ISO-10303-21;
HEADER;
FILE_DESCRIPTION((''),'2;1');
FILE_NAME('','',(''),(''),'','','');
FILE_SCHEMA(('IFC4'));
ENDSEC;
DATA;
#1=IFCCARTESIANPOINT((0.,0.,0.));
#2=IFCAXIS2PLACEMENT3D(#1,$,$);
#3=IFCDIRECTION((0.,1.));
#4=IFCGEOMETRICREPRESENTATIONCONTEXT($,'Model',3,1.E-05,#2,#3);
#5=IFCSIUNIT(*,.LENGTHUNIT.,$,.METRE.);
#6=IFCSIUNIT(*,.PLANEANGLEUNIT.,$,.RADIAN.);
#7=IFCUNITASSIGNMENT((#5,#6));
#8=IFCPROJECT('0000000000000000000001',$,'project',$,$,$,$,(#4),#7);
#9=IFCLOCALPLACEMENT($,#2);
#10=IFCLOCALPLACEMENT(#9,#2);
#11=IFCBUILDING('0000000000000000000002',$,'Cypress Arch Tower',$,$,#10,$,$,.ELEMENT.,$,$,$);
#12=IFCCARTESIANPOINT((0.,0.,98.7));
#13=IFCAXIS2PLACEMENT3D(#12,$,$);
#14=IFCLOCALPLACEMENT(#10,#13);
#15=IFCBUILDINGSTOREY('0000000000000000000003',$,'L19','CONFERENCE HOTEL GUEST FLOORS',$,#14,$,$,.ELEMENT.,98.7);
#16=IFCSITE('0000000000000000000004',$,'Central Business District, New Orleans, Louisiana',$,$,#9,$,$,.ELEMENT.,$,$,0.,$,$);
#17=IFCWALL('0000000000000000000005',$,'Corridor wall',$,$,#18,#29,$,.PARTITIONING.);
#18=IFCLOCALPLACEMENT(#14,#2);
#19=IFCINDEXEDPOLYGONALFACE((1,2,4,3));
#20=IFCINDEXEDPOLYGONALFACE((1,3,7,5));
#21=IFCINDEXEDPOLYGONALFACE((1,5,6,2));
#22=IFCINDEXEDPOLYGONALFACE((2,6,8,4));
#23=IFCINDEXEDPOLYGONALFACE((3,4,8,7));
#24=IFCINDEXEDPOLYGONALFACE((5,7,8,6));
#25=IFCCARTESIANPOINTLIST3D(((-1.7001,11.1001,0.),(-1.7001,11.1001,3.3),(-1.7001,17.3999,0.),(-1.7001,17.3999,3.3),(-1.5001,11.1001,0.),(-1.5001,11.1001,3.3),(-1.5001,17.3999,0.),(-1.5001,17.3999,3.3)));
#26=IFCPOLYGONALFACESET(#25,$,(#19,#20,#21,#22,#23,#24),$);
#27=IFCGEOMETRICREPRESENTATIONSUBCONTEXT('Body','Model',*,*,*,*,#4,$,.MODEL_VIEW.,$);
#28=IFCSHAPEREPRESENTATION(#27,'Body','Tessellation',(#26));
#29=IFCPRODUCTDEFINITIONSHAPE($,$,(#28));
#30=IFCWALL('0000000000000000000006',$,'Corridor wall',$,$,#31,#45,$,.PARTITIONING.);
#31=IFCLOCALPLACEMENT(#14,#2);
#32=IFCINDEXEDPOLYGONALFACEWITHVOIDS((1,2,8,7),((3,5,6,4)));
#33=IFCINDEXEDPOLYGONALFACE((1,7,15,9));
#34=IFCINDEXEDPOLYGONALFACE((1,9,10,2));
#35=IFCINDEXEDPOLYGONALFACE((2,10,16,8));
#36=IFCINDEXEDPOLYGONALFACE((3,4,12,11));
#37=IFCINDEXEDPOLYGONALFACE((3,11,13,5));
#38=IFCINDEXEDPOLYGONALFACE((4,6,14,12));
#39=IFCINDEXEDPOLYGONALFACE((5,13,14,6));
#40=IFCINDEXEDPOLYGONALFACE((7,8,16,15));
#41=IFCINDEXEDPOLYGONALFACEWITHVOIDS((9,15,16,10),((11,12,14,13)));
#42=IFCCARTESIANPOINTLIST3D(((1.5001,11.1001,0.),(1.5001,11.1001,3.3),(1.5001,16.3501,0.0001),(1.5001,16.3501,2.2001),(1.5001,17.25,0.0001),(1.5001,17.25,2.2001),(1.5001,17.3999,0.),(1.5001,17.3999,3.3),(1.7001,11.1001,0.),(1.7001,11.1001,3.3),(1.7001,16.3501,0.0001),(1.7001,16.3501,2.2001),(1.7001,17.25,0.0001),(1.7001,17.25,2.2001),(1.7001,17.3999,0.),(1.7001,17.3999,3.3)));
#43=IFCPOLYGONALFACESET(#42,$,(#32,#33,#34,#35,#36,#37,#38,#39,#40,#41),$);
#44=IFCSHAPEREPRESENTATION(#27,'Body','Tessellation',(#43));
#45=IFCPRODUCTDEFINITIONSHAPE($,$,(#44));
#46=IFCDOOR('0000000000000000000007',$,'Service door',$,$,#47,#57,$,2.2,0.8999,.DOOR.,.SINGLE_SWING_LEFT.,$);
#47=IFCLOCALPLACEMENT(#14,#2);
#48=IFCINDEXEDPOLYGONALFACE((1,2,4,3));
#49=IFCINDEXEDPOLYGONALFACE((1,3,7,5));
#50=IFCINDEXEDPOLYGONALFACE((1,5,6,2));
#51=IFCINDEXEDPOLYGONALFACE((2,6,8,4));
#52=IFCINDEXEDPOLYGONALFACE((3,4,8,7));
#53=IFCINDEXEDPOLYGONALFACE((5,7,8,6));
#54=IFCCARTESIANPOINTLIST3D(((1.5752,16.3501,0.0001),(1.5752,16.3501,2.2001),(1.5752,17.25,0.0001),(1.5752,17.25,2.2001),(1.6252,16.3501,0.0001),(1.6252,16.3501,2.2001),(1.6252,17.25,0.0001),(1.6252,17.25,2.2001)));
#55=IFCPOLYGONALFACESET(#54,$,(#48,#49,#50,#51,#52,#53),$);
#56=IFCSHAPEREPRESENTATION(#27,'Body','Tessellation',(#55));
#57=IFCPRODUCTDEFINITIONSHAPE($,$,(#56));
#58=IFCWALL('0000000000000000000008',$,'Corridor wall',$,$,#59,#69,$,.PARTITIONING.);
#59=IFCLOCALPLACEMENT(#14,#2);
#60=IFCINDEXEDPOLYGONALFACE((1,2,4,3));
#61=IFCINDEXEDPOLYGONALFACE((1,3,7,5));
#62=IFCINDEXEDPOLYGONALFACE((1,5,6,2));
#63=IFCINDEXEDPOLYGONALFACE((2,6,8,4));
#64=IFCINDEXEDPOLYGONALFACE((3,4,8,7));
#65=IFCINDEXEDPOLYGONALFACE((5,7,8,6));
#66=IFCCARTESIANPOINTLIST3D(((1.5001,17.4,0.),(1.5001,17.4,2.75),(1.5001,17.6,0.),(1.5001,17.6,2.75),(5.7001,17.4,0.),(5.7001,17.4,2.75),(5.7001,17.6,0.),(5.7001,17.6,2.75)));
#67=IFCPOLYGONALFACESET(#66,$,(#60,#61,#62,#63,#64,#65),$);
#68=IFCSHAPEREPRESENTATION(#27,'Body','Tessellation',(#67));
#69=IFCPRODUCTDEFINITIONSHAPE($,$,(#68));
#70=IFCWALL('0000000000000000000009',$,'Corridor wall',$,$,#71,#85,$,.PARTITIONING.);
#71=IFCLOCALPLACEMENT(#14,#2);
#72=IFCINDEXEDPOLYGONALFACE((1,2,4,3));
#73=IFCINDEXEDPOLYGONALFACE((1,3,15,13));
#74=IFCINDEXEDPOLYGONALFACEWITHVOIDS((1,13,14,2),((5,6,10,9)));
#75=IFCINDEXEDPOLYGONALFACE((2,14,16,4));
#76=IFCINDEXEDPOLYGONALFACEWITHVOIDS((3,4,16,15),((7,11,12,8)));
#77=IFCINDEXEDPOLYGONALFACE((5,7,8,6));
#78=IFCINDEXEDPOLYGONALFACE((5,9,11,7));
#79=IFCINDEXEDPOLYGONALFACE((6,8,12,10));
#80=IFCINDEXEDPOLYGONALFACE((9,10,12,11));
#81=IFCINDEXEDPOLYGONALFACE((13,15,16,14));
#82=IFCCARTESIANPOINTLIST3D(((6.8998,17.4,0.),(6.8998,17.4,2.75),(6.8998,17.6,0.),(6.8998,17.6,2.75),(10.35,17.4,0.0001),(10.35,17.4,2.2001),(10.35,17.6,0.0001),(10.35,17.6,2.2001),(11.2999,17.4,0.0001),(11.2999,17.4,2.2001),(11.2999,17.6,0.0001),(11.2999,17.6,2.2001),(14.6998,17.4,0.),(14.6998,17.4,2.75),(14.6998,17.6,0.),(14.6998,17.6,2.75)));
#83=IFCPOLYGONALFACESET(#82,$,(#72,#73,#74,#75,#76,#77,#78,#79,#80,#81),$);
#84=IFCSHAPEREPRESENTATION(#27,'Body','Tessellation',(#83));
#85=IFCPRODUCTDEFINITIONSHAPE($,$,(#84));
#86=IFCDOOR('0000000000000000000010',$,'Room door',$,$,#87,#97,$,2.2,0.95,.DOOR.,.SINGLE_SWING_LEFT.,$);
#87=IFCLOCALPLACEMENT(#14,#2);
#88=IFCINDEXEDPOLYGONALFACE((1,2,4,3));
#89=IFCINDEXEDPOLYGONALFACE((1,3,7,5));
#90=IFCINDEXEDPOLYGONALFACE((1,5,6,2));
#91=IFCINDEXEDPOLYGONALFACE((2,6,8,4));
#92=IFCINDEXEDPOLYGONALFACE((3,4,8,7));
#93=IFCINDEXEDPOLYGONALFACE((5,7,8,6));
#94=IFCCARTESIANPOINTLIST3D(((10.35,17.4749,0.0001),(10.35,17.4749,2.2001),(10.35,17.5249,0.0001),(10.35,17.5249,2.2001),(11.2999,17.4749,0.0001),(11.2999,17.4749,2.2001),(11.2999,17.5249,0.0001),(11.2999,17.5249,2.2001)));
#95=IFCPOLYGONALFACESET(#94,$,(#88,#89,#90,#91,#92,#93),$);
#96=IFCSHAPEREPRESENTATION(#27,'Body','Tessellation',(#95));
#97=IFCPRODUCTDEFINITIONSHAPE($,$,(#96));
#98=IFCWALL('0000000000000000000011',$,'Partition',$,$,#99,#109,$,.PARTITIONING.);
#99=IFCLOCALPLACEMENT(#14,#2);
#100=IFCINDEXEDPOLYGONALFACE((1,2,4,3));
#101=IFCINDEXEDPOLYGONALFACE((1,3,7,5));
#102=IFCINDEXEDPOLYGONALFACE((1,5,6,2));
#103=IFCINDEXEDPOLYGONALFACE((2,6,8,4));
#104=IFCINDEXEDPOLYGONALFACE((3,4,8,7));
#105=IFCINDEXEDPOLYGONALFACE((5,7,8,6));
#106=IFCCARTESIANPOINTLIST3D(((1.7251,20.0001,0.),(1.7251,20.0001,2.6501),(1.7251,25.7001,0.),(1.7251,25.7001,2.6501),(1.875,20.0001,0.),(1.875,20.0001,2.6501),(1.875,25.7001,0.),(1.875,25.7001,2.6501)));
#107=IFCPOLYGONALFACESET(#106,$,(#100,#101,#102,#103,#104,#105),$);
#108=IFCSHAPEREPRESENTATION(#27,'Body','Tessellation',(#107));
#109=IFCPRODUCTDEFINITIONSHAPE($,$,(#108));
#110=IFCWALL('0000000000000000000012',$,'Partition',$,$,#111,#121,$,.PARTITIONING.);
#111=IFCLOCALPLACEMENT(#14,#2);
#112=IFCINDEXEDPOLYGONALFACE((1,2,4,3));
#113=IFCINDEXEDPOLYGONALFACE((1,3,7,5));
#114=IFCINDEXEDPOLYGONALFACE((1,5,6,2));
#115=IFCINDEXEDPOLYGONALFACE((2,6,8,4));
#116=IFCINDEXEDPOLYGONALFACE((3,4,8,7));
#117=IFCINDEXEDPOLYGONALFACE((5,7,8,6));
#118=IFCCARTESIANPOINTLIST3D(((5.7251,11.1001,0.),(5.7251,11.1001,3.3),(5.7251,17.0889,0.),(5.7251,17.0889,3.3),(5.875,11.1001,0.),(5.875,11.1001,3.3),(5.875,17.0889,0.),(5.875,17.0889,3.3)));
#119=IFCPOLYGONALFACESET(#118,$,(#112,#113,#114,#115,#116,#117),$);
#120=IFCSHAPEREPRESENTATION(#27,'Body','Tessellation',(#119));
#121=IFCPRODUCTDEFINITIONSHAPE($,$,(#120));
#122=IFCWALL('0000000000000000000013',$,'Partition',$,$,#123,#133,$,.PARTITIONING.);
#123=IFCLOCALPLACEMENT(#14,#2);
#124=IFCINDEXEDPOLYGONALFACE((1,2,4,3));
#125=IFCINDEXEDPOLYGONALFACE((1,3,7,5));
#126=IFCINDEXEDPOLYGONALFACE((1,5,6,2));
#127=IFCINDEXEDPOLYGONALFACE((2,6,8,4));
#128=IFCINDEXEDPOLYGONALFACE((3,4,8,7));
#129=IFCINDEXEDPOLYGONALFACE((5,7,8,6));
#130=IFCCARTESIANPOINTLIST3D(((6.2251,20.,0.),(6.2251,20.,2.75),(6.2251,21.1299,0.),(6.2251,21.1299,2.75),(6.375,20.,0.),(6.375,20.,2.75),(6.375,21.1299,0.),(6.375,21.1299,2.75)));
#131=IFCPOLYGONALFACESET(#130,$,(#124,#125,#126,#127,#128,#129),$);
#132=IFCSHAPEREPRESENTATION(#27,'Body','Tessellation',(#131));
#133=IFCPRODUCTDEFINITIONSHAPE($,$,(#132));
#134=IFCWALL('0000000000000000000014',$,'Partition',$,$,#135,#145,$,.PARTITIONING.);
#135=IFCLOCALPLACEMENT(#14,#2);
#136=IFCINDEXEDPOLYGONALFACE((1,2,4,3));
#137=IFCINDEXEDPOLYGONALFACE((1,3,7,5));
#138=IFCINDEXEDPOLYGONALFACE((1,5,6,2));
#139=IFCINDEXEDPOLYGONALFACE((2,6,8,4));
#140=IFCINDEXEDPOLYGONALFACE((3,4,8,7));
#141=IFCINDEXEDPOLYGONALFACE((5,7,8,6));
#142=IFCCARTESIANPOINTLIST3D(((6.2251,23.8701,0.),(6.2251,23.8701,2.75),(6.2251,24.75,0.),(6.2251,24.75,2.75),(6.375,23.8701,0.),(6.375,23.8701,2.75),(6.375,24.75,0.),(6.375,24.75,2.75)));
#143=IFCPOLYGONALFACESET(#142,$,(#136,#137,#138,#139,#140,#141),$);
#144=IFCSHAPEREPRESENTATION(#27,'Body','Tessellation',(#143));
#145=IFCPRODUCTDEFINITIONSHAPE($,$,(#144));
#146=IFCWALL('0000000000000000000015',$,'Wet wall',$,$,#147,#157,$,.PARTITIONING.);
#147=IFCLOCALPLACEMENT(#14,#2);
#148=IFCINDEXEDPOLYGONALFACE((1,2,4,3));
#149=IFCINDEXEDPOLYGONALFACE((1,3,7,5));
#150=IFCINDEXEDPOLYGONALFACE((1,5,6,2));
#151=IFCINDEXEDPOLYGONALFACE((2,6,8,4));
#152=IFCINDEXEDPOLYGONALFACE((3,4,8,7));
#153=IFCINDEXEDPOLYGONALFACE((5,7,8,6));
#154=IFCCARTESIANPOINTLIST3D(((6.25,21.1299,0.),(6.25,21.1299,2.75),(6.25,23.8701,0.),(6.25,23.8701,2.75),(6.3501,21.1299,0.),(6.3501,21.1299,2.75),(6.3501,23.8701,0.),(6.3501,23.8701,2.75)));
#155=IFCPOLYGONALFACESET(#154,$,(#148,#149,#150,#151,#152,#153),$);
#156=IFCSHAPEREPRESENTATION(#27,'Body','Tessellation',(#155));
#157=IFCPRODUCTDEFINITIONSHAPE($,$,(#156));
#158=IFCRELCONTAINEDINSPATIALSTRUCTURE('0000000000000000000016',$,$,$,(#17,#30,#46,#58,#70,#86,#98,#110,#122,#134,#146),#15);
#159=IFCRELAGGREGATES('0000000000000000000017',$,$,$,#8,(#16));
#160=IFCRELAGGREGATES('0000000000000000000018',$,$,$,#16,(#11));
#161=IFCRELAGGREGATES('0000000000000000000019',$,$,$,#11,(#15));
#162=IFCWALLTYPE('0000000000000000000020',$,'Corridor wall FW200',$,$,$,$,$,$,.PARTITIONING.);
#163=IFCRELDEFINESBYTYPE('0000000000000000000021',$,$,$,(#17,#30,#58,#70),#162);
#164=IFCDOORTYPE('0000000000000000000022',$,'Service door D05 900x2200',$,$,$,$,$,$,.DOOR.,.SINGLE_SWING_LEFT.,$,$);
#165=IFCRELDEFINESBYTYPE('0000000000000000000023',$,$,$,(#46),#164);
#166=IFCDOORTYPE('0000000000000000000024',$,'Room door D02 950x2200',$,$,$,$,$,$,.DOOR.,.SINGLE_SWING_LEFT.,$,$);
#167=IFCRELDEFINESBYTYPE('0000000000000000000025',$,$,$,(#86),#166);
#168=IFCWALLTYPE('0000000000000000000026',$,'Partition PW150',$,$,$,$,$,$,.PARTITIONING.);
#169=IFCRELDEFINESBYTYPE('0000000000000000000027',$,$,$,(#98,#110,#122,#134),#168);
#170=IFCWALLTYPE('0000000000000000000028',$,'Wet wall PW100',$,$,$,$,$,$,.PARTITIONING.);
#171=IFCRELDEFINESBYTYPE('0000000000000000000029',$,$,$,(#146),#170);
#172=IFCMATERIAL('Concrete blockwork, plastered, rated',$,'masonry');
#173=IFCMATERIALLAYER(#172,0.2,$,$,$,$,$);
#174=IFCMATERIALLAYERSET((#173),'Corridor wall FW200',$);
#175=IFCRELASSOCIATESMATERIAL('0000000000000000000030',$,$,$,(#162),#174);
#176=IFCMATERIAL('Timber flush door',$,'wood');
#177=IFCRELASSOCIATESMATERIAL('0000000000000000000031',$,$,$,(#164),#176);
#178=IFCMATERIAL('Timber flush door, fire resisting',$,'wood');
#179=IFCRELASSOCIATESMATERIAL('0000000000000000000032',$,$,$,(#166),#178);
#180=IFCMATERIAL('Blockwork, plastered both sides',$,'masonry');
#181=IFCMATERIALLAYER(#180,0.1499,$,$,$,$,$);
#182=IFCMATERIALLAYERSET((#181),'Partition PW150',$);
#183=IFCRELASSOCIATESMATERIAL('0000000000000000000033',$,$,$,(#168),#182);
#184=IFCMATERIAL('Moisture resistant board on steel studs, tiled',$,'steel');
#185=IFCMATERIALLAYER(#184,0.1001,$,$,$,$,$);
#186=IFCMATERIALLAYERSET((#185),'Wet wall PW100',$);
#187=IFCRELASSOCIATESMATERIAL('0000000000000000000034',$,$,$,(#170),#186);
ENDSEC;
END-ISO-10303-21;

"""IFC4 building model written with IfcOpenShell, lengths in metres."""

from ifc_helpers import new_model, si_unit, direction, frame, frame_2d, origin, place, context, subcontext, project, spatial, rectangle, extrude, material, layer, layer_set, type_object, element, fill, save


model = new_model("IFC4")

# Units and contexts
model_context = context("Model", 3, precision=1e-05, world=origin(), true_north=direction((0.0, 1.0)))
body_context = subcontext(model_context, "Body", "Model", "MODEL_VIEW")
ifc_project = project(units=[si_unit("LENGTHUNIT", "METRE"), si_unit("PLANEANGLEUNIT", "RADIAN")], contexts=[model_context])

# Site, building, storey
site_placement = place(None, origin())
site = spatial("IfcSite", under=ifc_project, at=site_placement, Name="Central Business District, New Orleans, Louisiana", CompositionType="ELEMENT", RefElevation=0.0)
building_placement = place(site_placement, origin())
building = spatial("IfcBuilding", under=site, at=building_placement, Name="Cypress Arch Tower", CompositionType="ELEMENT")
storey_placement = place(building_placement, frame((0.0, 0.0, 98.7)))
storey = spatial("IfcBuildingStorey", under=building, at=storey_placement, Name="L19", Description="CONFERENCE HOTEL GUEST FLOORS", CompositionType="ELEMENT", Elevation=98.7)

# Wall
ifc_material_1 = material(Name="Concrete blockwork, plastered, rated", Category="masonry")
ifc_layer_1 = layer(ifc_material_1, 0.2)
ifc_layer_set_1 = layer_set([ifc_layer_1], Name="Corridor wall FW200")
wall_type_1 = type_object("IfcWallType", Name="Corridor wall FW200", PredefinedType="PARTITIONING", material=ifc_layer_set_1)
wall_1_placement = place(storey_placement, frame((-1.6001, 11.1001, 0.0), z_axis=(0.0, 0.0, 1.0), x_axis=(0.0, 1.0, 0.0)))
element("IfcWall", 1, at=wall_1_placement, inside=storey, type_object=wall_type_1, Name="Corridor wall", PredefinedType="PARTITIONING", context=body_context, shape_type="SweptSolid", body=[
    extrude(rectangle(XDim=6.2998, YDim=0.2, at=frame_2d((3.1499, 0.0))), origin(), (0.0, 0.0, 1.0), 3.3),
])

# Wall, opening, door
wall_2_placement = place(storey_placement, frame((1.6001, 11.1001, 0.0), z_axis=(0.0, 0.0, 1.0), x_axis=(0.0, 1.0, 0.0)))
wall_2 = element("IfcWall", 2, at=wall_2_placement, inside=storey, type_object=wall_type_1, Name="Corridor wall", PredefinedType="PARTITIONING", context=body_context, shape_type="SweptSolid", body=[
    extrude(rectangle(XDim=6.2998, YDim=0.2, at=frame_2d((3.1499, 0.0))), origin(), (0.0, 0.0, 1.0), 3.3),
])
opening_1_placement = place(wall_2_placement, frame((5.25, 0.0, 0.0)))
opening_1 = element("IfcOpeningElement", 3, at=opening_1_placement, cuts=wall_2, PredefinedType="OPENING", context=body_context, shape_type="SweptSolid", body=[
    extrude(rectangle(XDim=0.8999, YDim=2.2, at=frame_2d((0.45, 1.1001))), frame((0.0, 0.1099, 0.0), z_axis=(0.0, -1.0, 0.0), x_axis=(1.0, 0.0, 0.0)), (0.0, 0.0, 1.0), 0.22),
])
ifc_material_2 = material(Name="Timber flush door", Category="wood")
door_type_1 = type_object("IfcDoorType", Name="Service door D05 900x2200", OperationType="SINGLE_SWING_LEFT", PredefinedType="DOOR", material=ifc_material_2)
door_1_placement = place(opening_1_placement, origin())
door_1 = element("IfcDoor", 4, at=door_1_placement, inside=storey, type_object=door_type_1, Name="Service door", OperationType="SINGLE_SWING_LEFT", OverallHeight=2.2, OverallWidth=0.8999, PredefinedType="DOOR", context=body_context, shape_type="SweptSolid", body=[
    extrude(rectangle(XDim=0.8999, YDim=2.2, at=frame_2d((0.45, 1.1001))), frame((0.0, 0.0249, 0.0), z_axis=(0.0, -1.0, 0.0), x_axis=(1.0, 0.0, 0.0)), (0.0, 0.0, 1.0), 0.05),
])
fill(opening_1, door_1)

# Wall
wall_3_placement = place(storey_placement, frame((1.5, 17.5, 0.0), z_axis=(0.0, 0.0, 1.0), x_axis=(1.0, 0.0, 0.0)))
element("IfcWall", 5, at=wall_3_placement, inside=storey, type_object=wall_type_1, Name="Corridor wall", PredefinedType="PARTITIONING", context=body_context, shape_type="SweptSolid", body=[
    extrude(rectangle(XDim=4.2, YDim=0.2, at=frame_2d((2.1001, 0.0))), origin(), (0.0, 0.0, 1.0), 2.75),
])

# Wall, opening, door
wall_4_placement = place(storey_placement, frame((6.8999, 17.5, 0.0), z_axis=(0.0, 0.0, 1.0), x_axis=(1.0, 0.0, 0.0)))
wall_4 = element("IfcWall", 6, at=wall_4_placement, inside=storey, type_object=wall_type_1, Name="Corridor wall", PredefinedType="PARTITIONING", context=body_context, shape_type="SweptSolid", body=[
    extrude(rectangle(XDim=7.8, YDim=0.2, at=frame_2d((3.8999, 0.0))), origin(), (0.0, 0.0, 1.0), 2.75),
])
opening_2_placement = place(wall_4_placement, frame((3.45, 0.0, 0.0)))
opening_2 = element("IfcOpeningElement", 7, at=opening_2_placement, cuts=wall_4, PredefinedType="OPENING", context=body_context, shape_type="SweptSolid", body=[
    extrude(rectangle(XDim=0.95, YDim=2.2, at=frame_2d((0.4751, 1.1001))), frame((0.0, 0.1099, 0.0), z_axis=(0.0, -1.0, 0.0), x_axis=(1.0, 0.0, 0.0)), (0.0, 0.0, 1.0), 0.22),
])
ifc_material_3 = material(Name="Timber flush door, fire resisting", Category="wood")
door_type_2 = type_object("IfcDoorType", Name="Room door D02 950x2200", OperationType="SINGLE_SWING_LEFT", PredefinedType="DOOR", material=ifc_material_3)
door_2_placement = place(opening_2_placement, origin())
door_2 = element("IfcDoor", 8, at=door_2_placement, inside=storey, type_object=door_type_2, Name="Room door", OperationType="SINGLE_SWING_LEFT", OverallHeight=2.2, OverallWidth=0.95, PredefinedType="DOOR", context=body_context, shape_type="SweptSolid", body=[
    extrude(rectangle(XDim=0.95, YDim=2.2, at=frame_2d((0.4751, 1.1001))), frame((0.0, 0.0249, 0.0), z_axis=(0.0, -1.0, 0.0), x_axis=(1.0, 0.0, 0.0)), (0.0, 0.0, 1.0), 0.05),
])
fill(opening_2, door_2)

# Walls
ifc_material_4 = material(Name="Blockwork, plastered both sides", Category="masonry")
ifc_layer_2 = layer(ifc_material_4, 0.1499)
ifc_layer_set_2 = layer_set([ifc_layer_2], Name="Partition PW150")
wall_type_2 = type_object("IfcWallType", Name="Partition PW150", PredefinedType="PARTITIONING", material=ifc_layer_set_2)
wall_5_placement = place(storey_placement, frame((1.8, 20.0, 0.0), z_axis=(0.0, 0.0, 1.0), x_axis=(0.0, 1.0, 0.0)))
element("IfcWall", 9, at=wall_5_placement, inside=storey, type_object=wall_type_2, Name="Partition", PredefinedType="PARTITIONING", context=body_context, shape_type="SweptSolid", body=[
    extrude(rectangle(XDim=5.7, YDim=0.1499, at=frame_2d((2.8501, 0.0))), origin(), (0.0, 0.0, 1.0), 2.6501),
])
wall_6_placement = place(storey_placement, frame((5.8, 11.1001, 0.0), z_axis=(0.0, 0.0, 1.0), x_axis=(0.0, 1.0, 0.0)))
element("IfcWall", 10, at=wall_6_placement, inside=storey, type_object=wall_type_2, Name="Partition", PredefinedType="PARTITIONING", context=body_context, shape_type="SweptSolid", body=[
    extrude(rectangle(XDim=5.9888, YDim=0.1499, at=frame_2d((2.9944, 0.0))), origin(), (0.0, 0.0, 1.0), 3.3),
])
wall_7_placement = place(storey_placement, frame((6.3, 20.0, 0.0), z_axis=(0.0, 0.0, 1.0), x_axis=(0.0, 1.0, 0.0)))
element("IfcWall", 11, at=wall_7_placement, inside=storey, type_object=wall_type_2, Name="Partition", PredefinedType="PARTITIONING", context=body_context, shape_type="SweptSolid", body=[
    extrude(rectangle(XDim=1.1299, YDim=0.1499, at=frame_2d((0.5649, 0.0))), origin(), (0.0, 0.0, 1.0), 2.75),
])
wall_8_placement = place(storey_placement, frame((6.3, 23.8701, 0.0), z_axis=(0.0, 0.0, 1.0), x_axis=(0.0, 1.0, 0.0)))
element("IfcWall", 12, at=wall_8_placement, inside=storey, type_object=wall_type_2, Name="Partition", PredefinedType="PARTITIONING", context=body_context, shape_type="SweptSolid", body=[
    extrude(rectangle(XDim=0.8799, YDim=0.1499, at=frame_2d((0.4399, 0.0))), origin(), (0.0, 0.0, 1.0), 2.75),
])
ifc_material_5 = material(Name="Moisture resistant board on steel studs, tiled", Category="steel")
ifc_layer_3 = layer(ifc_material_5, 0.1001)
ifc_layer_set_3 = layer_set([ifc_layer_3], Name="Wet wall PW100")
wall_type_3 = type_object("IfcWallType", Name="Wet wall PW100", PredefinedType="PARTITIONING", material=ifc_layer_set_3)
wall_9_placement = place(storey_placement, frame((6.3, 21.1299, 0.0), z_axis=(0.0, 0.0, 1.0), x_axis=(0.0, 1.0, 0.0)))
element("IfcWall", 13, at=wall_9_placement, inside=storey, type_object=wall_type_3, Name="Wet wall", PredefinedType="PARTITIONING", context=body_context, shape_type="SweptSolid", body=[
    extrude(rectangle(XDim=2.7402, YDim=0.1001, at=frame_2d((1.3701, 0.0))), origin(), (0.0, 0.0, 1.0), 2.75),
])

save(model, "model.ifc")
